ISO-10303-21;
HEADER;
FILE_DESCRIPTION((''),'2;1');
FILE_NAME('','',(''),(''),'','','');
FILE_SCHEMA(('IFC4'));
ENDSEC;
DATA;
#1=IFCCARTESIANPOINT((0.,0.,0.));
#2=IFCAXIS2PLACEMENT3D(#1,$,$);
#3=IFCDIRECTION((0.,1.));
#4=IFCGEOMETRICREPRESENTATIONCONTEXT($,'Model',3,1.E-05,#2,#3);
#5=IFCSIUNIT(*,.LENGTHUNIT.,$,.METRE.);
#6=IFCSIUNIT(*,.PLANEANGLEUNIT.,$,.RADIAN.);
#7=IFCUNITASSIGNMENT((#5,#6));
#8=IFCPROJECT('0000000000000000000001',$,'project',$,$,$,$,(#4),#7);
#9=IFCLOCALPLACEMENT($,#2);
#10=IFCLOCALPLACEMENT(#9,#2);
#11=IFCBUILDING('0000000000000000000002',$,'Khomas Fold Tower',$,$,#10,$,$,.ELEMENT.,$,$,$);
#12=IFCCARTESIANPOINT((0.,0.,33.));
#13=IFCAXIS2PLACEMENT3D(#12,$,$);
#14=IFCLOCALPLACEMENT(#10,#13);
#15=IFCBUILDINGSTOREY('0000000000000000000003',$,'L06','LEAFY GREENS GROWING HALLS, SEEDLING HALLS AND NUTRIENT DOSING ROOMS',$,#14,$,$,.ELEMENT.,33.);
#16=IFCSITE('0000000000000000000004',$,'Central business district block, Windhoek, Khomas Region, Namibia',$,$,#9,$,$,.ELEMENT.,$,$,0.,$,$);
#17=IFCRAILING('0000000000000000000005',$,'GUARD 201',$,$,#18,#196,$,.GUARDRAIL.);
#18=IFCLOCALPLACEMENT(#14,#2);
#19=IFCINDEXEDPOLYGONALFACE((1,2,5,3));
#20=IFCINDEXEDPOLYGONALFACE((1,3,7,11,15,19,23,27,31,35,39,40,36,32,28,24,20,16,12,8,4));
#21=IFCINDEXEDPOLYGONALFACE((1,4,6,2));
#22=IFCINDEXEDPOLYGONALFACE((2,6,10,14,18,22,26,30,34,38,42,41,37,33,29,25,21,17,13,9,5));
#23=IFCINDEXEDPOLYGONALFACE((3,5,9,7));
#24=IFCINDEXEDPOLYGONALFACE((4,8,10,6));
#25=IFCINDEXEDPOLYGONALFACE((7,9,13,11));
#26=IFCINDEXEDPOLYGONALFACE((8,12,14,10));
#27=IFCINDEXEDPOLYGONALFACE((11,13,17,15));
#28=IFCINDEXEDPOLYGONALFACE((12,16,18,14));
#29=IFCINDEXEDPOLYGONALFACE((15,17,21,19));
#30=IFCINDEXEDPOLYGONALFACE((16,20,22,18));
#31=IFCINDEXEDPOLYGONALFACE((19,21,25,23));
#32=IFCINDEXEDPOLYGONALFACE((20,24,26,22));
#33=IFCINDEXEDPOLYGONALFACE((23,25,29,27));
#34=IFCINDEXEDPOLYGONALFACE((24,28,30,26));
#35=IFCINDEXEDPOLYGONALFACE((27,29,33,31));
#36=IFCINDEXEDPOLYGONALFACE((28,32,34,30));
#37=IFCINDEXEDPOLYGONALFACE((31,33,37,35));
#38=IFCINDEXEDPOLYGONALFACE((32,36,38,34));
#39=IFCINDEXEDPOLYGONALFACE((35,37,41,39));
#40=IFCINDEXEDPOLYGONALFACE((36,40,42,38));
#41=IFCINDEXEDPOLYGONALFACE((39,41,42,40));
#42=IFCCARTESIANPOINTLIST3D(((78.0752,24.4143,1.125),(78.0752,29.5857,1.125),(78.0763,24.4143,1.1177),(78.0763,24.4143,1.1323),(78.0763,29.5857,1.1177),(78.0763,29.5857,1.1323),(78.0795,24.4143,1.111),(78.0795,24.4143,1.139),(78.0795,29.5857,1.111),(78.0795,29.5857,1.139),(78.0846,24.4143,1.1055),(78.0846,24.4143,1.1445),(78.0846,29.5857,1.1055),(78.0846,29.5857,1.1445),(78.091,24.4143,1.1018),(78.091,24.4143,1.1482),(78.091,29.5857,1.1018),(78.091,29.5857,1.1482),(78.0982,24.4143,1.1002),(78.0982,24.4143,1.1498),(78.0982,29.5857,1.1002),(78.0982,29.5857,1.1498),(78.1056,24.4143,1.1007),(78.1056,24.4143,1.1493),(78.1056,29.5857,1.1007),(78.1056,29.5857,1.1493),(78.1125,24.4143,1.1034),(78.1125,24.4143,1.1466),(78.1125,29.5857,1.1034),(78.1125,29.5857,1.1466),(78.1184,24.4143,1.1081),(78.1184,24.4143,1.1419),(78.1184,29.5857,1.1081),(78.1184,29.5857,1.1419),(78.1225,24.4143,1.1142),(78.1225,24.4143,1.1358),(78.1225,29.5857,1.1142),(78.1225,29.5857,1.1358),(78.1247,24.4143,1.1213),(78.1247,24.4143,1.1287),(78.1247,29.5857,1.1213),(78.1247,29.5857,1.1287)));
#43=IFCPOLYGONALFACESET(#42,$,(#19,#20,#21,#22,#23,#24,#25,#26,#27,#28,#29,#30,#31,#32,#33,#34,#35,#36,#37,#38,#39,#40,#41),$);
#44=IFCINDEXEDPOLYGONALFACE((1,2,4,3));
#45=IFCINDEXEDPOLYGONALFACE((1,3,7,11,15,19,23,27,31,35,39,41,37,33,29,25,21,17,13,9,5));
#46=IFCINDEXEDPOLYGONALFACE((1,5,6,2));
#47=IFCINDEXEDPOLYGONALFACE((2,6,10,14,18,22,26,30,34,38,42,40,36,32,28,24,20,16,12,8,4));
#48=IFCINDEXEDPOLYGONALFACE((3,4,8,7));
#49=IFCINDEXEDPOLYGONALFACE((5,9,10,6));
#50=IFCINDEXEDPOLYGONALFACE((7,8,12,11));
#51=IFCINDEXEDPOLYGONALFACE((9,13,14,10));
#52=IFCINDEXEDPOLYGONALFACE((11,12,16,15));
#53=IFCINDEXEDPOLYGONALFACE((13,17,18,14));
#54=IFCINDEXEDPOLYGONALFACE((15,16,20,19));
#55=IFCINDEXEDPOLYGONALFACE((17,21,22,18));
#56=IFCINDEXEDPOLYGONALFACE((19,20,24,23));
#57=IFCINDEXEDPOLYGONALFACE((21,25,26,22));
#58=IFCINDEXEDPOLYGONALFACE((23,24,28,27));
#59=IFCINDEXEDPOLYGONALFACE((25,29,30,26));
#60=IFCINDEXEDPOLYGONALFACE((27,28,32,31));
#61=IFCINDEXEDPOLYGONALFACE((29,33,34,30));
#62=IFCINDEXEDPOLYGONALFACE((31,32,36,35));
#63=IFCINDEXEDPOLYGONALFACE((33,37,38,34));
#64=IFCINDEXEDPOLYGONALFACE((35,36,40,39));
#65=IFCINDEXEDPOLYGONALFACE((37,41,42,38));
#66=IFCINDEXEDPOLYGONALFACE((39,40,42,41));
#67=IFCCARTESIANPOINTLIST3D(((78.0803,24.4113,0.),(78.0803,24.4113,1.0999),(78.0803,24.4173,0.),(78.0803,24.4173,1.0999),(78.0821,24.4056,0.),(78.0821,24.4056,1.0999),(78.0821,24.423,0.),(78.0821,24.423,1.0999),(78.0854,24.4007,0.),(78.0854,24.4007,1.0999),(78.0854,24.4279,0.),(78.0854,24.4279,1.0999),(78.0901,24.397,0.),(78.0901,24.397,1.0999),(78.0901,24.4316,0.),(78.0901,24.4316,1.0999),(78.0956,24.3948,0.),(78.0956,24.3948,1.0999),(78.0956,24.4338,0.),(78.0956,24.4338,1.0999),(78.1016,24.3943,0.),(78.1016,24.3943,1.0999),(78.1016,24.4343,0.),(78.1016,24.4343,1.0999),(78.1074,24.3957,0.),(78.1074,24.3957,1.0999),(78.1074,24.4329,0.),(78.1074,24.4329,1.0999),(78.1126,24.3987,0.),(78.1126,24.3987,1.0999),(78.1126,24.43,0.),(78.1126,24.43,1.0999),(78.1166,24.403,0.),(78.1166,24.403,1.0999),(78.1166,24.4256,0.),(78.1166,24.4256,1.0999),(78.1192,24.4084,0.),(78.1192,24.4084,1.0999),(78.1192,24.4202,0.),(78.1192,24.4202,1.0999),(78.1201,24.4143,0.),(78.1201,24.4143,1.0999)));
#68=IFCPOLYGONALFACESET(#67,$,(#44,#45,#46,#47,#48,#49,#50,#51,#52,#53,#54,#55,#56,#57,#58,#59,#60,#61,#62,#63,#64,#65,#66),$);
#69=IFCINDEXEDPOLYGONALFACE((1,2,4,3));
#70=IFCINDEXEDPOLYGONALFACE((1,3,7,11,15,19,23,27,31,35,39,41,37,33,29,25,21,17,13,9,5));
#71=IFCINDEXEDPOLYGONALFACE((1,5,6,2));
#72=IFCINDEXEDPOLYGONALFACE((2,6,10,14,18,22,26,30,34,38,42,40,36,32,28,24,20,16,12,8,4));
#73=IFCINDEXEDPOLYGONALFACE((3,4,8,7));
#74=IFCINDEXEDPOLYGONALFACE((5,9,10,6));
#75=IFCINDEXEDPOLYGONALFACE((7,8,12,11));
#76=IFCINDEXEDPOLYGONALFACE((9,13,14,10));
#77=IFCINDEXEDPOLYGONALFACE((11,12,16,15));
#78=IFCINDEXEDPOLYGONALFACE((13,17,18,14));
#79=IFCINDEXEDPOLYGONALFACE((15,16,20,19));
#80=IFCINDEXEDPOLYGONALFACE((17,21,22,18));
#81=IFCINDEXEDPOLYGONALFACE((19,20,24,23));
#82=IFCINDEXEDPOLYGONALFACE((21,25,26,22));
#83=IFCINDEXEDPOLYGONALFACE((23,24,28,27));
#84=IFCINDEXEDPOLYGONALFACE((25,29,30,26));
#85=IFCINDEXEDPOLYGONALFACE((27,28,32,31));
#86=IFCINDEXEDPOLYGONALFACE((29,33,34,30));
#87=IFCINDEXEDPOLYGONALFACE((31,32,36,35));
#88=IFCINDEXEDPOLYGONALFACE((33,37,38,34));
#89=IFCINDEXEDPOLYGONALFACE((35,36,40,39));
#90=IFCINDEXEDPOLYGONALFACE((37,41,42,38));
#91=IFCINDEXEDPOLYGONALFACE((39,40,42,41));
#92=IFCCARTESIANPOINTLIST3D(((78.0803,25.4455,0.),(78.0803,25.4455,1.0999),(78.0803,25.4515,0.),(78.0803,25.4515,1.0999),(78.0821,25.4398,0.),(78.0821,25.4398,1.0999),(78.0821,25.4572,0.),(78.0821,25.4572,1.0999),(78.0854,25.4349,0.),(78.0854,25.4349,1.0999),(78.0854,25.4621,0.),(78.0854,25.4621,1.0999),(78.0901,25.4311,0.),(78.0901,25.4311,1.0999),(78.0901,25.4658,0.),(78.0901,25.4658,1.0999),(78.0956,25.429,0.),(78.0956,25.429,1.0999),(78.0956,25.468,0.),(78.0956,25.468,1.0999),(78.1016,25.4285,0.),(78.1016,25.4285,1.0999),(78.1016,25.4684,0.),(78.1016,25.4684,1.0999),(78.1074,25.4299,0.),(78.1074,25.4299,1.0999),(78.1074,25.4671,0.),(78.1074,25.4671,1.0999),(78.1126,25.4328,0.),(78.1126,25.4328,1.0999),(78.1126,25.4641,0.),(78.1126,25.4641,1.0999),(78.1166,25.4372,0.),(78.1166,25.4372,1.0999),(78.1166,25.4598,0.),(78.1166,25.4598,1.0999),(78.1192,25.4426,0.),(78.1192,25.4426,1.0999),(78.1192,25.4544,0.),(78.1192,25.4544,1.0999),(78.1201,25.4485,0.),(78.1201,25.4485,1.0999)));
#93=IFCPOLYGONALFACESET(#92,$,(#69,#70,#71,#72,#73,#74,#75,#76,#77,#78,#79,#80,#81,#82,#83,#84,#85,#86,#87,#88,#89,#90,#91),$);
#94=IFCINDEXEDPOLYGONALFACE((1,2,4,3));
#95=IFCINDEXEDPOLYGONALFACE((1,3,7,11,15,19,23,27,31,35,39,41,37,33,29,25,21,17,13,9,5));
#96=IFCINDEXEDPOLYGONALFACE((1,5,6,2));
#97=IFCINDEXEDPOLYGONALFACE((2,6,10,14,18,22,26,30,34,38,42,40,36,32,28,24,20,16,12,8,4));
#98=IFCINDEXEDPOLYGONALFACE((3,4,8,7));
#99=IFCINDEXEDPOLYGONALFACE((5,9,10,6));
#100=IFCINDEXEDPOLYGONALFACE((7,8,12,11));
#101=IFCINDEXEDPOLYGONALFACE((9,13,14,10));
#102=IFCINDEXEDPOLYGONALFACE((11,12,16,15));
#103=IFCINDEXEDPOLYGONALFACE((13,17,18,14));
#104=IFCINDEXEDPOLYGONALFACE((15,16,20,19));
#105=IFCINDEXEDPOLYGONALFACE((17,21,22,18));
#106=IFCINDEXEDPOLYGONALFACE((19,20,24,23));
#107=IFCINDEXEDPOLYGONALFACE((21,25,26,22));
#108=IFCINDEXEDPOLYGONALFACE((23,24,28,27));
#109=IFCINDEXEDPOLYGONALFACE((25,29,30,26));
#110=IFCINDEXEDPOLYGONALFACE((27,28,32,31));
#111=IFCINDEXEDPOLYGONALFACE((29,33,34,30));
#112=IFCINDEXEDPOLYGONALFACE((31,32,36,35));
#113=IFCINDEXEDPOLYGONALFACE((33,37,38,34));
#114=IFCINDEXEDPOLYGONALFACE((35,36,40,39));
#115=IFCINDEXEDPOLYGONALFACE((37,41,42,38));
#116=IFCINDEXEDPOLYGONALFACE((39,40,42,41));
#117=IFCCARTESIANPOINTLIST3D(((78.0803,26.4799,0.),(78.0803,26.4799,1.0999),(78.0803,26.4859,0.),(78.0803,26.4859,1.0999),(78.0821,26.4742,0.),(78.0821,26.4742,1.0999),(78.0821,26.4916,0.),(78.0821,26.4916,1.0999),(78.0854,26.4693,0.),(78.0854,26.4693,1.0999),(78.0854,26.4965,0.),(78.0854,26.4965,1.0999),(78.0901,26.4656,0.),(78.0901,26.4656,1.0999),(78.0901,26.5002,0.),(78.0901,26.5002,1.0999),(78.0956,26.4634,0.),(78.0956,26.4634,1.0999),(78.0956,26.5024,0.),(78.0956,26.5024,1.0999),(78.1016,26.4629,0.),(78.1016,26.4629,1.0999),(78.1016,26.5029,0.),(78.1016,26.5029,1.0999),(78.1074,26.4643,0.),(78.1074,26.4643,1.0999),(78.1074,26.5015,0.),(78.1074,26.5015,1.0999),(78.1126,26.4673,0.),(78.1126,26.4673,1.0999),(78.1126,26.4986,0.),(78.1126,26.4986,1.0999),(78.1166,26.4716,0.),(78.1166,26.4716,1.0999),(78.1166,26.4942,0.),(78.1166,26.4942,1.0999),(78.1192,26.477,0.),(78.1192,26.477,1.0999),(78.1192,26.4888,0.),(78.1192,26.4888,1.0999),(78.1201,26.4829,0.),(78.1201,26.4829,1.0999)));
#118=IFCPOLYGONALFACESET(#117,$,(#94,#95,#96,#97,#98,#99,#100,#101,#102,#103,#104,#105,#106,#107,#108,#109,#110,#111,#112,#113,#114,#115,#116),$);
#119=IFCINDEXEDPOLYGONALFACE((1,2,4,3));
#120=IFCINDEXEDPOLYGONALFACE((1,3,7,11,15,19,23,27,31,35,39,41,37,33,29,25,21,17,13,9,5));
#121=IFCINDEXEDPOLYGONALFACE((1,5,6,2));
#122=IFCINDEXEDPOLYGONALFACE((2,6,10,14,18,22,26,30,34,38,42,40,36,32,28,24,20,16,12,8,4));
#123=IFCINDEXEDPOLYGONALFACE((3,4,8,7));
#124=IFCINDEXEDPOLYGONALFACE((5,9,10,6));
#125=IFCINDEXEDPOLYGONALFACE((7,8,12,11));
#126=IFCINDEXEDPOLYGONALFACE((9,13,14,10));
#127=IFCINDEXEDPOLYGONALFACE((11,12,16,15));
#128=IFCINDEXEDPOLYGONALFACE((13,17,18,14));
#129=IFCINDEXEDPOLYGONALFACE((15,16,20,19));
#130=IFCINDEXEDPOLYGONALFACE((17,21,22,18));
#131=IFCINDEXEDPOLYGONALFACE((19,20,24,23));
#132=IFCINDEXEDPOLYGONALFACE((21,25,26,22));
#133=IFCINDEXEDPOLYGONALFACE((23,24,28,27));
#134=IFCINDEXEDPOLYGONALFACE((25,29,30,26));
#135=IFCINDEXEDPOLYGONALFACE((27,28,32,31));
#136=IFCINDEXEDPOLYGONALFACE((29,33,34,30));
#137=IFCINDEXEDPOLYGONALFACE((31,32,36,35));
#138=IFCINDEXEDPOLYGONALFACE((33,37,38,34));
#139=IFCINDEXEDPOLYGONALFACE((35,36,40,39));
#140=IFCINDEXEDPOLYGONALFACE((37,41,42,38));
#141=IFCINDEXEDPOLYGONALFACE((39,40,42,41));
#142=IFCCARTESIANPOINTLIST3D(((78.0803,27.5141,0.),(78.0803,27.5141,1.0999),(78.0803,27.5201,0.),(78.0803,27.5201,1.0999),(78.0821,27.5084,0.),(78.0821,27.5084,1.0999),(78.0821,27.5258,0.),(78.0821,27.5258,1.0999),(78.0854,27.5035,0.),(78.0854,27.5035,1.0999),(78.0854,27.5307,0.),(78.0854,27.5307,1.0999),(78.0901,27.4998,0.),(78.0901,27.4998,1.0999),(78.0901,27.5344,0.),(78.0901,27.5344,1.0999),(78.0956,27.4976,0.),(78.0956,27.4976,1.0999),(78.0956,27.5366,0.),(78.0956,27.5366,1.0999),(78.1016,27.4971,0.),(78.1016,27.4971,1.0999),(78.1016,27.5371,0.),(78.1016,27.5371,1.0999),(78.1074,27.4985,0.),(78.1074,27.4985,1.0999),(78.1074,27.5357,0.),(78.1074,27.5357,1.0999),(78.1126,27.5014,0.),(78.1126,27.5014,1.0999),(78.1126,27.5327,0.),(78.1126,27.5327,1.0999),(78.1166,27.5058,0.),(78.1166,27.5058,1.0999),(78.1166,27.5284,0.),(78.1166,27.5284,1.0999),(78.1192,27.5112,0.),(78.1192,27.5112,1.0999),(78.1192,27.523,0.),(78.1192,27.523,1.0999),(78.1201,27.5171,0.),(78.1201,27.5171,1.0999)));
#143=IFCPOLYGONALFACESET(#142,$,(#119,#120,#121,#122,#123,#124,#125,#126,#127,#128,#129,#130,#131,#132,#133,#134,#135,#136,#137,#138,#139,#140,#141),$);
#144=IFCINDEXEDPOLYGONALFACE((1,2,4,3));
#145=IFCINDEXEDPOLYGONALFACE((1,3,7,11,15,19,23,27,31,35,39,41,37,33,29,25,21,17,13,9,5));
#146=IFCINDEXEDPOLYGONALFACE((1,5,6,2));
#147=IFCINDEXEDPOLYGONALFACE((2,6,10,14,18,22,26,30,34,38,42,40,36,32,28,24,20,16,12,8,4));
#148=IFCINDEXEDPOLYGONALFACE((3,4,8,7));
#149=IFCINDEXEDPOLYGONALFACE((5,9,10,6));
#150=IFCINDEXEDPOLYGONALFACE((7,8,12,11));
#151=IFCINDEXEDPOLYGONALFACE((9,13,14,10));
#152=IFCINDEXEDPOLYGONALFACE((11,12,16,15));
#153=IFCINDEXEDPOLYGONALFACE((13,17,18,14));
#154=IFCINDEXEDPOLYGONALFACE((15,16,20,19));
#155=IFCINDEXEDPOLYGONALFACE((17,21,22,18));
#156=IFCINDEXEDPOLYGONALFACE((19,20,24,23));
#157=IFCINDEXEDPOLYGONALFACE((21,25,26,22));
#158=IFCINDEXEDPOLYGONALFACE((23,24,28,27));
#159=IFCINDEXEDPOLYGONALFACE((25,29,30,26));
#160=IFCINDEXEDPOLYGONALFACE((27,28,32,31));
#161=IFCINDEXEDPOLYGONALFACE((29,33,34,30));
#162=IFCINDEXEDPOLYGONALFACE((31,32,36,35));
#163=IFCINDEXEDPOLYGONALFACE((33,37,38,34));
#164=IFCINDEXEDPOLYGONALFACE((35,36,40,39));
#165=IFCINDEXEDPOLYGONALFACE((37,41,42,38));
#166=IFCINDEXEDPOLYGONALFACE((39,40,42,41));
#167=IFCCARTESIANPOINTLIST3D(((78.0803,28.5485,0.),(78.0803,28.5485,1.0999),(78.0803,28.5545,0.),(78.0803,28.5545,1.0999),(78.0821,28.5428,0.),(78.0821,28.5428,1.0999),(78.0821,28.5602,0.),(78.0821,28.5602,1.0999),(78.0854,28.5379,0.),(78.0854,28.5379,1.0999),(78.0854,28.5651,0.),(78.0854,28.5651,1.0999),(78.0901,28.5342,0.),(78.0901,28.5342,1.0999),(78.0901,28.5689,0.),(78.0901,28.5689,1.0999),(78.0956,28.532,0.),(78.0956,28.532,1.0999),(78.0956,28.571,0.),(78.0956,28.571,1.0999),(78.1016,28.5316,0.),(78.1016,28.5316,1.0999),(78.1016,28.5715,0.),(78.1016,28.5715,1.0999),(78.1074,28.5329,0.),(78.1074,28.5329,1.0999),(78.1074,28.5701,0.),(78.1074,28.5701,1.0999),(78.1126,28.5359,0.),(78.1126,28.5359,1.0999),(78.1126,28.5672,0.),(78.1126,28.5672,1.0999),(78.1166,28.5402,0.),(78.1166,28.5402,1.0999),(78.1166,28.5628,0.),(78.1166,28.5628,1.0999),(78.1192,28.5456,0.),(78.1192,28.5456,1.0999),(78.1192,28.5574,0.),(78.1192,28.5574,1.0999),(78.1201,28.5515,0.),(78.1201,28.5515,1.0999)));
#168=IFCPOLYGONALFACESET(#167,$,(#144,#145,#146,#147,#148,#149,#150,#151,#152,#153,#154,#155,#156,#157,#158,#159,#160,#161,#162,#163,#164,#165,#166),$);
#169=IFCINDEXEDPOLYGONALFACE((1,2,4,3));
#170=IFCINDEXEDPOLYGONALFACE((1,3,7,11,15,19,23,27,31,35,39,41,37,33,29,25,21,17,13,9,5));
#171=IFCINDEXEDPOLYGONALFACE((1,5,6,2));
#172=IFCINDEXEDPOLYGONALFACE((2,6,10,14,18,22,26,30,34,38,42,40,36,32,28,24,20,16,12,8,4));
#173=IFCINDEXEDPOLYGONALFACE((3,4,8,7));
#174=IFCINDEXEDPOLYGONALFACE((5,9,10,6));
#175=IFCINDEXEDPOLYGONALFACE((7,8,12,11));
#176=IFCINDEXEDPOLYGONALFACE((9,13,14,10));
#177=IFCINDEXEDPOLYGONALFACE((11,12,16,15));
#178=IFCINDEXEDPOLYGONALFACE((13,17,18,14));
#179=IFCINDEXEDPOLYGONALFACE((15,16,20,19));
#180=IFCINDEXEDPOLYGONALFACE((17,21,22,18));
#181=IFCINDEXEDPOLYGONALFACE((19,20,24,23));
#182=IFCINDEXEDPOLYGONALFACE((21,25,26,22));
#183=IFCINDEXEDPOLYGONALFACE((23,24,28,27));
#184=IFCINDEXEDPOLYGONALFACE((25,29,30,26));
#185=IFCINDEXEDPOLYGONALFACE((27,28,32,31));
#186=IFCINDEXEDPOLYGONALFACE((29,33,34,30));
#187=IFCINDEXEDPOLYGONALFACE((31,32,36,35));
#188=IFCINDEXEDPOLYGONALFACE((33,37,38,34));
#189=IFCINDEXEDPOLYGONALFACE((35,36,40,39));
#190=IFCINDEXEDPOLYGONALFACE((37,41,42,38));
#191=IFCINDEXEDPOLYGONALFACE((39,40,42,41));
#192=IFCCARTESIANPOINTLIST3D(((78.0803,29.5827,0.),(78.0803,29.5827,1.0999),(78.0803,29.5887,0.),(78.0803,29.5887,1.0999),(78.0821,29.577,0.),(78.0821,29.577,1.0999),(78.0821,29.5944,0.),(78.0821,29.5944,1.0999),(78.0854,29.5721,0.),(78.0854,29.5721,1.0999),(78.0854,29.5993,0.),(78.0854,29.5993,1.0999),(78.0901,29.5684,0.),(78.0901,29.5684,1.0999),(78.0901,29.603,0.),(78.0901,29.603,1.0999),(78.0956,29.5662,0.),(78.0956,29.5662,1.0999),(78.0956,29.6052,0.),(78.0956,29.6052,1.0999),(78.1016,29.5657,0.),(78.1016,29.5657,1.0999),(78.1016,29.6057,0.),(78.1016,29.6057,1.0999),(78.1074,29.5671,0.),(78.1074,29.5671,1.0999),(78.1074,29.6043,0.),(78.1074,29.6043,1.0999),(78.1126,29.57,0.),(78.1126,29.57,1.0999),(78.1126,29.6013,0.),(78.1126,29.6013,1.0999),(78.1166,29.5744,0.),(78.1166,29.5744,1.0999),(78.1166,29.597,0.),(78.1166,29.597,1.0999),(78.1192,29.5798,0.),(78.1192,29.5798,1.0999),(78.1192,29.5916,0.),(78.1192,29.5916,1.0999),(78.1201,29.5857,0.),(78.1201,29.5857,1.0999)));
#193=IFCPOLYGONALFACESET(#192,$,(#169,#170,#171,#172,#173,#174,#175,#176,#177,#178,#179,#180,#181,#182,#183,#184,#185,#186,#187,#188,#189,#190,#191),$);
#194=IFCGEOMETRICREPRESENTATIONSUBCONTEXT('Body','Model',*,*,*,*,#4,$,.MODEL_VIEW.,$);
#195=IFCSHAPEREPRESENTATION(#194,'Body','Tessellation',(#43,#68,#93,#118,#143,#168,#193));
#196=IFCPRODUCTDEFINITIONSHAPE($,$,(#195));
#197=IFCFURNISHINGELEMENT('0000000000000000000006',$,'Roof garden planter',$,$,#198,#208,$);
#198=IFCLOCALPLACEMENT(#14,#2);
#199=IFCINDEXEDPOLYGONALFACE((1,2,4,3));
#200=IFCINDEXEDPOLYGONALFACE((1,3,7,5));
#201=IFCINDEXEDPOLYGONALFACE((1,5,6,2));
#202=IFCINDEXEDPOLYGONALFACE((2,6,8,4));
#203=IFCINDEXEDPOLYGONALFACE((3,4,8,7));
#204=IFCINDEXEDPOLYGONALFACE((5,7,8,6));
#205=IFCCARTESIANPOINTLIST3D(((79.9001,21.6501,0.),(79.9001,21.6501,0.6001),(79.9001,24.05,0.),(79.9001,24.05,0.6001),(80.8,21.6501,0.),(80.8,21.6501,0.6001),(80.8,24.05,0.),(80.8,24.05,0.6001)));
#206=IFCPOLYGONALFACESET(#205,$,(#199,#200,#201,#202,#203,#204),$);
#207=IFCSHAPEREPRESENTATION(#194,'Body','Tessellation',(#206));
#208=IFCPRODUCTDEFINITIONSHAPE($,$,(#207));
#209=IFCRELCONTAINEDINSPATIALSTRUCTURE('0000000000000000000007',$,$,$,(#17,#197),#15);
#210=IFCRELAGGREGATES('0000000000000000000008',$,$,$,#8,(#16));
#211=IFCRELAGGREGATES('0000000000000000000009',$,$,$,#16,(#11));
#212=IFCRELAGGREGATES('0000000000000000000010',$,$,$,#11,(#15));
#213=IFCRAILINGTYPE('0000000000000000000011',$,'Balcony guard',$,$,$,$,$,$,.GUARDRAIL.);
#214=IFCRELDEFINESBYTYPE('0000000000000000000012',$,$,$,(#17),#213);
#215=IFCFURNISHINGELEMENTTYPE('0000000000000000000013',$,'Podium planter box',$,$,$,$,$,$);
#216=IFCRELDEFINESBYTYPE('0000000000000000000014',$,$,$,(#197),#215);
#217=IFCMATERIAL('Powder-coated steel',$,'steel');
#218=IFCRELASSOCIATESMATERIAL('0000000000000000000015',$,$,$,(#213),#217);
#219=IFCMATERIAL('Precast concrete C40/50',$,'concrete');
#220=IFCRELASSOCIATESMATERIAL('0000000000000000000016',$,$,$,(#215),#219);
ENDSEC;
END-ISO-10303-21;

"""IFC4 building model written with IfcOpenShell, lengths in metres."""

from ifc_helpers import new_model, si_unit, direction, frame, origin, origin_2d, place, context, subcontext, project, spatial, rectangle, circle, extrude, source, transform, mapped, material, type_object, element, save


model = new_model("IFC4")

# Units and contexts
model_context = context("Model", 3, precision=1e-05, world=origin(), true_north=direction((0.0, 1.0)))
body_context = subcontext(model_context, "Body", "Model", "MODEL_VIEW")
ifc_project = project(units=[si_unit("LENGTHUNIT", "METRE"), si_unit("PLANEANGLEUNIT", "RADIAN")], contexts=[model_context])

# Site, building, storey
site_placement = place(None, origin())
site = spatial("IfcSite", under=ifc_project, at=site_placement, Name="Central business district block, Windhoek, Khomas Region, Namibia", CompositionType="ELEMENT", RefElevation=0.0)
building_placement = place(site_placement, origin())
building = spatial("IfcBuilding", under=site, at=building_placement, Name="Khomas Fold Tower", CompositionType="ELEMENT")
storey_placement = place(building_placement, frame((0.0, 0.0, 33.0)))
storey = spatial("IfcBuildingStorey", under=building, at=storey_placement, Name="L06", Description="LEAFY GREENS GROWING HALLS, SEEDLING HALLS AND NUTRIENT DOSING ROOMS", CompositionType="ELEMENT", Elevation=33.0)

# Railing
ifc_material_1 = material(Name="Powder-coated steel", Category="steel")
railing_type = type_object("IfcRailingType", Name="Balcony guard", PredefinedType="GUARDRAIL", material=ifc_material_1)
shared_shape_1 = source(origin(), body_context, "Body", "SweptSolid", [
    extrude(circle(Radius=0.0249, at=origin_2d()), frame((0.0, 0.0, 1.125), z_axis=(0.0, 1.0, 0.0), x_axis=(-1.0, 0.0, 0.0)), (0.0, 0.0, 1.0), 5.1714),
    extrude(circle(Radius=0.02, at=origin_2d()), origin(), (0.0, 0.0, 1.0), 1.0999),
    extrude(circle(Radius=0.02, at=origin_2d()), frame((0.0, 1.0342, 0.0)), (0.0, 0.0, 1.0), 1.0999),
    extrude(circle(Radius=0.02, at=origin_2d()), frame((0.0, 2.0686, 0.0)), (0.0, 0.0, 1.0), 1.0999),
    extrude(circle(Radius=0.02, at=origin_2d()), frame((0.0, 3.1028, 0.0)), (0.0, 0.0, 1.0), 1.0999),
    extrude(circle(Radius=0.02, at=origin_2d()), frame((0.0, 4.1372, 0.0)), (0.0, 0.0, 1.0), 1.0999),
    extrude(circle(Radius=0.02, at=origin_2d()), frame((0.0, 5.1714, 0.0)), (0.0, 0.0, 1.0), 1.0999),
])
for number, where, name in (
    (1, (78.1001, 24.4143, 0.0), "GUARD 201"),
):
    element("IfcRailing", number, at=place(storey_placement, frame(where)), inside=storey, type_object=railing_type, Name=name, PredefinedType="GUARDRAIL", context=body_context, shape_type="MappedRepresentation", body=[
        mapped(shared_shape_1, transform((0.0, 0.0, 0.0))),
    ])

# Furnishing element
ifc_material_2 = material(Name="Precast concrete C40/50", Category="concrete")
furnishing_element_type_1 = type_object("IfcFurnishingElementType", Name="Podium planter box", material=ifc_material_2)
shared_shape_2 = source(origin(), body_context, "Body", "SweptSolid", [
    extrude(rectangle(XDim=2.3999, YDim=0.8999, at=origin_2d()), origin(), (0.0, 0.0, 1.0), 0.6001),
])
for number, where, z_axis, x_axis, name in (
    (2, (80.3501, 22.8501, 0.0), (0.0, 0.0, 1.0), (0.0, -1.0, 0.0), "Roof garden planter"),
):
    element("IfcFurnishingElement", number, at=place(storey_placement, frame(where, z_axis=z_axis, x_axis=x_axis)), inside=storey, type_object=furnishing_element_type_1, Name=name, context=body_context, shape_type="MappedRepresentation", body=[
        mapped(shared_shape_2, transform((0.0, 0.0, 0.0))),
    ])

save(model, "model.ifc")
